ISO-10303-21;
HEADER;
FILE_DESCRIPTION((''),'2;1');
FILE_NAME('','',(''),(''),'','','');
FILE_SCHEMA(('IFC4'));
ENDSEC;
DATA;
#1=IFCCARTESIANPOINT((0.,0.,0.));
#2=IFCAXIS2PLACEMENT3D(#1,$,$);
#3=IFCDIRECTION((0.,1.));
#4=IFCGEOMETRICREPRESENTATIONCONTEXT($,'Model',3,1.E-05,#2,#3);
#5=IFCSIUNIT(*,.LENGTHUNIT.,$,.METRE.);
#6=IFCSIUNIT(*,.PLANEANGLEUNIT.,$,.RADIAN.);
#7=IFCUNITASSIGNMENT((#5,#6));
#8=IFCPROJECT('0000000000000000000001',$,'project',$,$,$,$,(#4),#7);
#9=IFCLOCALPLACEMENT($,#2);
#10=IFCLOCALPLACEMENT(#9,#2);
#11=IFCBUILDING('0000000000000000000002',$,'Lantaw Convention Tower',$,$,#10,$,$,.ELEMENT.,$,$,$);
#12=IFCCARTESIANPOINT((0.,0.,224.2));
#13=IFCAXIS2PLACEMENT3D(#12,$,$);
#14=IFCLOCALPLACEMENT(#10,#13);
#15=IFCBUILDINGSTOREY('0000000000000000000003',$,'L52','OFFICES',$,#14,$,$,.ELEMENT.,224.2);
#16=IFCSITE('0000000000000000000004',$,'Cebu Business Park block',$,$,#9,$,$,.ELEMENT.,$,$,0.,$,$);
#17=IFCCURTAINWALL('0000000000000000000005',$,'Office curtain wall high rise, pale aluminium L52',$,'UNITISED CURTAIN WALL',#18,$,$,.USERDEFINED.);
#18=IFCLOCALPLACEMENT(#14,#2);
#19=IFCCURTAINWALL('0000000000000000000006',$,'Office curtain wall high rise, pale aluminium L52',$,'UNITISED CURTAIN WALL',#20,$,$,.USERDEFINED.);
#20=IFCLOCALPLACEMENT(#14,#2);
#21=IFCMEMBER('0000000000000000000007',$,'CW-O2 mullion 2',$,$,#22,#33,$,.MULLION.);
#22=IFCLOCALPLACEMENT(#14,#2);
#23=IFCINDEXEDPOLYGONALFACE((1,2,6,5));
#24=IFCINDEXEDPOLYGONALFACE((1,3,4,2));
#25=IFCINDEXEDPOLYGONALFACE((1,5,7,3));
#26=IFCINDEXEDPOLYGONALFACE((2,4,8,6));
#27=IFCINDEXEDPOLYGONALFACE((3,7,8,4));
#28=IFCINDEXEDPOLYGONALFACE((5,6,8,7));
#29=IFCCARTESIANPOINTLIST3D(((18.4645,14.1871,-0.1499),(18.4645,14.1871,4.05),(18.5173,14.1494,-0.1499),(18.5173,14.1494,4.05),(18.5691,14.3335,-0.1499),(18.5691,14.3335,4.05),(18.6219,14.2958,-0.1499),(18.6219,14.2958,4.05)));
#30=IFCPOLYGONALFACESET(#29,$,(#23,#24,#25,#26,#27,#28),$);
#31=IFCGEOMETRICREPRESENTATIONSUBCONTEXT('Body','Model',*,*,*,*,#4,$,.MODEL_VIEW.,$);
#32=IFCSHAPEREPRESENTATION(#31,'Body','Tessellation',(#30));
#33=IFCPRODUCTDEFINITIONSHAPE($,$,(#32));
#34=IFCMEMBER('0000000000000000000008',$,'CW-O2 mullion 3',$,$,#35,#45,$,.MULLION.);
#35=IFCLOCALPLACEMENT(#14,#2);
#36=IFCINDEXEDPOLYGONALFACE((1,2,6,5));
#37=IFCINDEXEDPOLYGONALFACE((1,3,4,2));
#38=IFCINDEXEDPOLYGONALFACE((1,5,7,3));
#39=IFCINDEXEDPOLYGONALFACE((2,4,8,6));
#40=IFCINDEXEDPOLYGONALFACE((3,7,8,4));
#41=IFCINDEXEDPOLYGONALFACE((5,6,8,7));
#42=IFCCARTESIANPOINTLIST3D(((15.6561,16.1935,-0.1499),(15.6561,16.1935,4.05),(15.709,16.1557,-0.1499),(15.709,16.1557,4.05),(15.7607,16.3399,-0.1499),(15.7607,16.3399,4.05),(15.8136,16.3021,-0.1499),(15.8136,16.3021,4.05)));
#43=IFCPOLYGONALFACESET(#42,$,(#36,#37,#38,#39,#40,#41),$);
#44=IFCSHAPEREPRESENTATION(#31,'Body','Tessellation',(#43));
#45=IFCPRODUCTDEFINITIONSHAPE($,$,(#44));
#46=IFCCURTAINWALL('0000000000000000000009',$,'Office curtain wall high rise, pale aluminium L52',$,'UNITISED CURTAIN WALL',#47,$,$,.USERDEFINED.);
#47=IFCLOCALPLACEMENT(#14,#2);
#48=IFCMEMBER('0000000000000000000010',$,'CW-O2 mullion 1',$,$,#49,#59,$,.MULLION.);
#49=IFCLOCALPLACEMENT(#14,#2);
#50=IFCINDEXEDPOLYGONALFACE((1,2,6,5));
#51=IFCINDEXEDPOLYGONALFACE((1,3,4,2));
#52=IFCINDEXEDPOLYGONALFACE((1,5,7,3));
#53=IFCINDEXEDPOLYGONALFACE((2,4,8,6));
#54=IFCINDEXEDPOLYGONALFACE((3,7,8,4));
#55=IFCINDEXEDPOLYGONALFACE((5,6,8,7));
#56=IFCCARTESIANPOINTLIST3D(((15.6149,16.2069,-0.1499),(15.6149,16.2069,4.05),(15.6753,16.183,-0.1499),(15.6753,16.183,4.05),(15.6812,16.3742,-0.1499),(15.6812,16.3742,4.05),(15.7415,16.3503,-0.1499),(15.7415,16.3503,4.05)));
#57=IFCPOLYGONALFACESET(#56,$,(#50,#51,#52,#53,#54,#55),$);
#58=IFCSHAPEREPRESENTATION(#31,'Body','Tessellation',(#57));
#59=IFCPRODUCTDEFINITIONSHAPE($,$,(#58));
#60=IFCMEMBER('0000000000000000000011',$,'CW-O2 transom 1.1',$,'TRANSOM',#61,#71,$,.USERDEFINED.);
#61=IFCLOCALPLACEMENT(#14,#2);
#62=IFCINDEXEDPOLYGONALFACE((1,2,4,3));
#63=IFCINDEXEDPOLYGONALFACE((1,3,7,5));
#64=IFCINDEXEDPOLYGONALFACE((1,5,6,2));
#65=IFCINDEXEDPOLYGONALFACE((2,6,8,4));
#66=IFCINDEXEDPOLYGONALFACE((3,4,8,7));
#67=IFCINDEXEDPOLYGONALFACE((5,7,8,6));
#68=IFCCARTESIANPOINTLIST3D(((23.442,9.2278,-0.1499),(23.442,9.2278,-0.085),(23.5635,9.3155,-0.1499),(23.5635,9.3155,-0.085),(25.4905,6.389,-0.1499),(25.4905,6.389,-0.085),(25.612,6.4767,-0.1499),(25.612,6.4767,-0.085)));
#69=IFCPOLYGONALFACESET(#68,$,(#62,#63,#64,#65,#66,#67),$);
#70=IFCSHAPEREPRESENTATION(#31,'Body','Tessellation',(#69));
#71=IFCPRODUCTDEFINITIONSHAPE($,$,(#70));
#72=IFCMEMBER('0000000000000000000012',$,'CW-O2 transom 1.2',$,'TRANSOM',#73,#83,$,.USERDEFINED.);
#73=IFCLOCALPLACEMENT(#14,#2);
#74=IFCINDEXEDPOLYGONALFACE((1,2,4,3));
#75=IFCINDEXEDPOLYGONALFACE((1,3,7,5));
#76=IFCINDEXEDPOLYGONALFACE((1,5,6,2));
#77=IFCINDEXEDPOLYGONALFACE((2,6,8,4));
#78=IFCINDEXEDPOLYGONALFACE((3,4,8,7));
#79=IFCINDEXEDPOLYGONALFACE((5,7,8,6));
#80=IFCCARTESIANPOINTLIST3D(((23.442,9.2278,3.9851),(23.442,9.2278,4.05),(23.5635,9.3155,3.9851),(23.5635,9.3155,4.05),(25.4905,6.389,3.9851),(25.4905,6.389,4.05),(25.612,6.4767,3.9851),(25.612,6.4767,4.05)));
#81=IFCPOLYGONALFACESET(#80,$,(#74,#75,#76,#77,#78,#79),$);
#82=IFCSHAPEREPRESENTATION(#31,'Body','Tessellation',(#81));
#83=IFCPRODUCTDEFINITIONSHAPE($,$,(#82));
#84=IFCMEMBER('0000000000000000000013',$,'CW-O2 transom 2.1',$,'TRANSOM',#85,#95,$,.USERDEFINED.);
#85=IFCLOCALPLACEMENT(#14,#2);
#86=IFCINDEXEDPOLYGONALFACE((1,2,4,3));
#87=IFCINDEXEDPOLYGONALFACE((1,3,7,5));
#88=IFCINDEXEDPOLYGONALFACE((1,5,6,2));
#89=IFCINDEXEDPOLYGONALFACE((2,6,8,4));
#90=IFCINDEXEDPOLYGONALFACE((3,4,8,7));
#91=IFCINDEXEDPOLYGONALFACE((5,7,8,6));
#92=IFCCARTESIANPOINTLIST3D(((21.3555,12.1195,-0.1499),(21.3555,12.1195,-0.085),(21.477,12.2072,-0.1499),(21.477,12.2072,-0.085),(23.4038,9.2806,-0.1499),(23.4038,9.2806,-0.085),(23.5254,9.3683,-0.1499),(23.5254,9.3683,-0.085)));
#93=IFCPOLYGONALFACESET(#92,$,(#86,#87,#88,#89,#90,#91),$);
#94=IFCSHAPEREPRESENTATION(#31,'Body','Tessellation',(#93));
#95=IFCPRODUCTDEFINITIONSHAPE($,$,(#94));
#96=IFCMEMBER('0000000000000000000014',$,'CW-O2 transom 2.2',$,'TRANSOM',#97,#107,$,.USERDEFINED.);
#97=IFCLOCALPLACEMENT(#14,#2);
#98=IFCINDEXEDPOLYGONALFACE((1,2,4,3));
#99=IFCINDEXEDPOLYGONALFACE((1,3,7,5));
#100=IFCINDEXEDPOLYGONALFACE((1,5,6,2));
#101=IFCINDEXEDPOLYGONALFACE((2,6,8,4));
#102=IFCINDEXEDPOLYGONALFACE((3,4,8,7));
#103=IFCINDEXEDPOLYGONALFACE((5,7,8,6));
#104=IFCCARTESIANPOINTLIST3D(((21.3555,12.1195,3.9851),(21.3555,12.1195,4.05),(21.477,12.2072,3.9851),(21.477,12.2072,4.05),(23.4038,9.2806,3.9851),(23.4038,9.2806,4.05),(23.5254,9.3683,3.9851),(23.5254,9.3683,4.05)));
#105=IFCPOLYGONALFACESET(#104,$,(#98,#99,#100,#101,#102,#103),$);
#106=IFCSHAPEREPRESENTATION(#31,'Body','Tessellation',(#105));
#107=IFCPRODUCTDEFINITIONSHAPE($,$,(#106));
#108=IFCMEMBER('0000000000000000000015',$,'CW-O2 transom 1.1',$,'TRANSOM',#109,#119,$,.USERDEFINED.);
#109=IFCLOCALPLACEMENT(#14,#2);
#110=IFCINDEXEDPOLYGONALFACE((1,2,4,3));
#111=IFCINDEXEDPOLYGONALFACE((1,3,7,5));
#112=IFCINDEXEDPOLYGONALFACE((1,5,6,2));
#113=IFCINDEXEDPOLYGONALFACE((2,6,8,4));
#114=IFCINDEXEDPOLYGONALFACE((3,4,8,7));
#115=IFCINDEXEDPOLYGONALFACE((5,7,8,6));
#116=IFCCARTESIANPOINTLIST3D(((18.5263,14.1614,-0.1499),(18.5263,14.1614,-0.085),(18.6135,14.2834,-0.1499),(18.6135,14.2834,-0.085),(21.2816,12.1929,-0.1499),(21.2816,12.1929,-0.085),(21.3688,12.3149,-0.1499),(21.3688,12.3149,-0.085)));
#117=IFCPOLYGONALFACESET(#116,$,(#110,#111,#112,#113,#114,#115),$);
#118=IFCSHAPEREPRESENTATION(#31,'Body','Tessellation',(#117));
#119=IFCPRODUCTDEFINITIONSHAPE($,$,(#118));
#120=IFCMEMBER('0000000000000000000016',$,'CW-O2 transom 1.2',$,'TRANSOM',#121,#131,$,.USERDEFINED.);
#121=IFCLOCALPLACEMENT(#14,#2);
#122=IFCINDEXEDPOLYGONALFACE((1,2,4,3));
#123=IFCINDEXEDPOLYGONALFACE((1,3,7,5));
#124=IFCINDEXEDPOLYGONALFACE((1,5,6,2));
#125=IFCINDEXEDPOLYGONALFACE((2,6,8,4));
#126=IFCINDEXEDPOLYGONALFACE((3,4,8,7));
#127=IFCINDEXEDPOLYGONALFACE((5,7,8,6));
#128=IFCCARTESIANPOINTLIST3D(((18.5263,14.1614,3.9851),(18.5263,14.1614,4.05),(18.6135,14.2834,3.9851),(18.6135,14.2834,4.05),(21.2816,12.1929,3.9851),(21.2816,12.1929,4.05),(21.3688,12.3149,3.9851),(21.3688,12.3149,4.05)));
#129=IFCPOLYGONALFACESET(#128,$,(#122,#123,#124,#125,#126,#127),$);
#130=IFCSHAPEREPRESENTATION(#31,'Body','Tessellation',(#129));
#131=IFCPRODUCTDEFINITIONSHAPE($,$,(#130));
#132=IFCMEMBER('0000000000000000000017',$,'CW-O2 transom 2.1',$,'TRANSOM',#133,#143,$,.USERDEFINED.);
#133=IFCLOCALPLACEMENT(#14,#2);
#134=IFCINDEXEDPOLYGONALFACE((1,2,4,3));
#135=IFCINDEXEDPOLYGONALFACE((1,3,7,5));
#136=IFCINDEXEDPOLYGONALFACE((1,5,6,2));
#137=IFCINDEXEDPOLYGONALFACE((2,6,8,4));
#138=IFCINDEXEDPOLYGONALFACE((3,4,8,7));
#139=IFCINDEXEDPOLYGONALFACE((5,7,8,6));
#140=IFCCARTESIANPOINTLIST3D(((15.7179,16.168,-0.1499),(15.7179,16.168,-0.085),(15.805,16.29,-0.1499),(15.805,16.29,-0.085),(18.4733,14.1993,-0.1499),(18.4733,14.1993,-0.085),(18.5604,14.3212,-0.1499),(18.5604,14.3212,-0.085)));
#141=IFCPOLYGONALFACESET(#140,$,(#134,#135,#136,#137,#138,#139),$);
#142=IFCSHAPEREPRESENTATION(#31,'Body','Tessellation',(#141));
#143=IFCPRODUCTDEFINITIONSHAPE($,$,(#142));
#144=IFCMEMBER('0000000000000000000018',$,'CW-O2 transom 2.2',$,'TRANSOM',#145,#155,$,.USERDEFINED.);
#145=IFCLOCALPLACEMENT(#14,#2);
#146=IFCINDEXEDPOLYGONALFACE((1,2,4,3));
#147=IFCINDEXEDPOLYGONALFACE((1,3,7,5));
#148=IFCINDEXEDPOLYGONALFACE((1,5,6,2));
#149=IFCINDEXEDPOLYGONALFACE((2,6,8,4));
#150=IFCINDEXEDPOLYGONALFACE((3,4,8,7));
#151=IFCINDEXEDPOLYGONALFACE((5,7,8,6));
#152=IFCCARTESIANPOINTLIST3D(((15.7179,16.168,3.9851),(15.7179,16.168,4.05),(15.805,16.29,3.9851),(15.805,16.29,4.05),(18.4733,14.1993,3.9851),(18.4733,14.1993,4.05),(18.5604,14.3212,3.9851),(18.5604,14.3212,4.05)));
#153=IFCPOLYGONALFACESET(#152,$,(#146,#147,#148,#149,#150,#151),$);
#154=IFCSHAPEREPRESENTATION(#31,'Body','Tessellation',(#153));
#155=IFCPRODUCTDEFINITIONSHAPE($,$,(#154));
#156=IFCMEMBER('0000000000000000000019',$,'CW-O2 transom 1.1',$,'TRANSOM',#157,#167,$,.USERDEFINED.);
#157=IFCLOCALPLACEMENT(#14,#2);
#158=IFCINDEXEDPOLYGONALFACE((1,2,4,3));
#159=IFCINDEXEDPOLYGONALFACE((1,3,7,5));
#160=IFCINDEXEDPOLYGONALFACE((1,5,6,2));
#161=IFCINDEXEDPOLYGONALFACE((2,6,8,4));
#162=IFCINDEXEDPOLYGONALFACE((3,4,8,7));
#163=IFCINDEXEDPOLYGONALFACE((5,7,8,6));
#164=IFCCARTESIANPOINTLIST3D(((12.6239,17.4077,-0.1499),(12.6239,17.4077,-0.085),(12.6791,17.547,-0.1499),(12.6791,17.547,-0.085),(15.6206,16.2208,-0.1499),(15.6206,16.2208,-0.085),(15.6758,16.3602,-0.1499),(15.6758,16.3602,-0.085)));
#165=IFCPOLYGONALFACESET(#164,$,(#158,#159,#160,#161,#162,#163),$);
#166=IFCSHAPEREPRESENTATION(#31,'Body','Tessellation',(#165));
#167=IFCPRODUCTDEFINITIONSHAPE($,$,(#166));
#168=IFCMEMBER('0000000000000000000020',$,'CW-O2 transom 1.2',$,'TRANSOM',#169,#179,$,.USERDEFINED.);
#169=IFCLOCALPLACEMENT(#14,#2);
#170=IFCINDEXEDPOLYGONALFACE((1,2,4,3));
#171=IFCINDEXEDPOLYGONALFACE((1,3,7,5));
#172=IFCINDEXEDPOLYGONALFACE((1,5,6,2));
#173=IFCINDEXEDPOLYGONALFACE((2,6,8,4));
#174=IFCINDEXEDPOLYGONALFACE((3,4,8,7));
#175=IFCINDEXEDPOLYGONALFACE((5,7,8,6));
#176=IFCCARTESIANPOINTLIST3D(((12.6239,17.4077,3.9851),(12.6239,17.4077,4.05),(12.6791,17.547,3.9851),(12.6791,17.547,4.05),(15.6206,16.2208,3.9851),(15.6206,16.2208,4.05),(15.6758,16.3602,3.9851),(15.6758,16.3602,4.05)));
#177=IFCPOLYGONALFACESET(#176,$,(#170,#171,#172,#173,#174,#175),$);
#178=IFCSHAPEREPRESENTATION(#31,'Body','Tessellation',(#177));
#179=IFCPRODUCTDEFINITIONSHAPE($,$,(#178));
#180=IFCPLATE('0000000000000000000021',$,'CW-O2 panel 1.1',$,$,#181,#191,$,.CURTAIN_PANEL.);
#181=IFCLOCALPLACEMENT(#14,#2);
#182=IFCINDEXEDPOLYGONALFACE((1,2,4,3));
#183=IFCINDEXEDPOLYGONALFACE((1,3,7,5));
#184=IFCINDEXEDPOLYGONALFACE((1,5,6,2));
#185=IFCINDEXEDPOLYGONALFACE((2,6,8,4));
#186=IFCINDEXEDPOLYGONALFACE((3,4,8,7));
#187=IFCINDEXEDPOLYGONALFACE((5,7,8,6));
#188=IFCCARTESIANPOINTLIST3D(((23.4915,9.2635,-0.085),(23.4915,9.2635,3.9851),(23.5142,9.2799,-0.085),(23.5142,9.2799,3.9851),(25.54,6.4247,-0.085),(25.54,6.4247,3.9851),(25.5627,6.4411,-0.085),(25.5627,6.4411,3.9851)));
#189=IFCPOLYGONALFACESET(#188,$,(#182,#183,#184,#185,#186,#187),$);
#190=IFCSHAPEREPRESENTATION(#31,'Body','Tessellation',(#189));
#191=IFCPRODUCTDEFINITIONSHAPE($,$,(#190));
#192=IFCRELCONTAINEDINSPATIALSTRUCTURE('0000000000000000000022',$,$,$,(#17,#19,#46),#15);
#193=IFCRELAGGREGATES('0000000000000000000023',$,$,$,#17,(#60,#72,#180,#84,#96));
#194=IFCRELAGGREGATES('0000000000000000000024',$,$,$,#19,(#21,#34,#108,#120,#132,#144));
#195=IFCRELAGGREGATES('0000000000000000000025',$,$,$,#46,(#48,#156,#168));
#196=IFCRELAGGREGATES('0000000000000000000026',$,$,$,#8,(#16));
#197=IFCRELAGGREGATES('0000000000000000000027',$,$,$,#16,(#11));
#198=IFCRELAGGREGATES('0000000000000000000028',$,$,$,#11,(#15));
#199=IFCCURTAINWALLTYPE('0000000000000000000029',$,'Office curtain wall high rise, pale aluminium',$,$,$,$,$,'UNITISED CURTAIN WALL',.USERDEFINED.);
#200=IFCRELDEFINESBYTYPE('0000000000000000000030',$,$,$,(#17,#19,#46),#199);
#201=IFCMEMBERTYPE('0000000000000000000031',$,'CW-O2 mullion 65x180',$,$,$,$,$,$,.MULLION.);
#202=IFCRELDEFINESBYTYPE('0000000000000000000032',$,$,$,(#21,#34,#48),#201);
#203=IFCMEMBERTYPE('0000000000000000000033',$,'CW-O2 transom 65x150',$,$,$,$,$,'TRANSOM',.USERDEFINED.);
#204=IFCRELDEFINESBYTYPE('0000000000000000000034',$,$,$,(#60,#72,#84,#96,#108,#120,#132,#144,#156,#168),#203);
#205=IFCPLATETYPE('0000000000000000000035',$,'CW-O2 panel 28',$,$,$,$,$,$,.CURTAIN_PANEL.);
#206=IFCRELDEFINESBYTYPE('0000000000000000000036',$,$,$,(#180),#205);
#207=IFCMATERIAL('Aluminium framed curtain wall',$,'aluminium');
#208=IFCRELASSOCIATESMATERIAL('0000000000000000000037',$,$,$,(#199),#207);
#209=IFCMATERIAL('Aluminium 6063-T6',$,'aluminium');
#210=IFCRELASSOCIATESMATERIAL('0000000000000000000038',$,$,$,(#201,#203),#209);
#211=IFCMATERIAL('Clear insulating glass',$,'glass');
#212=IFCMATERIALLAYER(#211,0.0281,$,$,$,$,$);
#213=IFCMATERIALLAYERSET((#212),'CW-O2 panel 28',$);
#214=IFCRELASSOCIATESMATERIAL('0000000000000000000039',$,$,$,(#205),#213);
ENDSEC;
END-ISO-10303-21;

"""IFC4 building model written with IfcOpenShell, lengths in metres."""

from ifc_helpers import new_model, si_unit, direction, frame, origin, origin_2d, place, context, subcontext, project, spatial, rectangle, extrude, material, layer, layer_set, material_profile, profile_set, type_object, element, aggregate, save


model = new_model("IFC4")

# Units and contexts
model_context = context("Model", 3, precision=1e-05, world=origin(), true_north=direction((0.0, 1.0)))
body_context = subcontext(model_context, "Body", "Model", "MODEL_VIEW")
ifc_project = project(units=[si_unit("LENGTHUNIT", "METRE"), si_unit("PLANEANGLEUNIT", "RADIAN")], contexts=[model_context])

# Site, building, storey
site_placement = place(None, origin())
site = spatial("IfcSite", under=ifc_project, at=site_placement, Name="Cebu Business Park block", CompositionType="ELEMENT", RefElevation=0.0)
building_placement = place(site_placement, origin())
building = spatial("IfcBuilding", under=site, at=building_placement, Name="Lantaw Convention Tower", CompositionType="ELEMENT")
storey_placement = place(building_placement, frame((0.0, 0.0, 224.2)))
storey = spatial("IfcBuildingStorey", under=building, at=storey_placement, Name="L52", Description="OFFICES", CompositionType="ELEMENT", Elevation=224.2)

# Curtain walls, members
ifc_material_1 = material(Name="Aluminium framed curtain wall", Category="aluminium")
curtain_wall_type = type_object("IfcCurtainWallType", Name="Office curtain wall high rise, pale aluminium", ElementType="UNITISED CURTAIN WALL", PredefinedType="USERDEFINED", material=ifc_material_1)
curtain_wall_1_placement = place(storey_placement, origin())
curtain_wall_1 = element("IfcCurtainWall", 1, at=curtain_wall_1_placement, inside=storey, type_object=curtain_wall_type, Name="Office curtain wall high rise, pale aluminium L52", ObjectType="UNITISED CURTAIN WALL", PredefinedType="USERDEFINED")
ifc_material_2 = material(Name="Aluminium 6063-T6", Category="aluminium")
ifc_material_profile_1 = material_profile(ifc_material_2, rectangle(XDim=0.1799, YDim=0.0649, at=origin_2d()), Name="CW-O2 mullion 65x180")
ifc_profile_set_1 = profile_set([ifc_material_profile_1], Name="Aluminium 6063-T6")
member_type_1 = type_object("IfcMemberType", Name="CW-O2 mullion 65x180", PredefinedType="MULLION", material=ifc_profile_set_1)
curtain_wall_2_placement = place(storey_placement, origin())
curtain_wall_2 = element("IfcCurtainWall", 2, at=curtain_wall_2_placement, inside=storey, type_object=curtain_wall_type, Name="Office curtain wall high rise, pale aluminium L52", ObjectType="UNITISED CURTAIN WALL", PredefinedType="USERDEFINED")
member_1_placement = place(storey_placement, frame((18.5432, 14.2415, -0.1499), z_axis=(0.0, 0.0, 1.0), x_axis=(-0.581323, -0.813673, 0.0)))
member_1 = element("IfcMember", 3, at=member_1_placement, type_object=member_type_1, Name="CW-O2 mullion 2", PredefinedType="MULLION", context=body_context, shape_type="SweptSolid", body=[
    extrude(rectangle(XDim=0.1799, YDim=0.0649, at=origin_2d()), origin(), (0.0, 0.0, 1.0), 4.2),
])
member_2_placement = place(storey_placement, frame((15.7349, 16.2478, -0.1499), z_axis=(0.0, 0.0, 1.0), x_axis=(-0.581323, -0.813673, 0.0)))
member_2 = element("IfcMember", 4, at=member_2_placement, type_object=member_type_1, Name="CW-O2 mullion 3", PredefinedType="MULLION", context=body_context, shape_type="SweptSolid", body=[
    extrude(rectangle(XDim=0.1799, YDim=0.0649, at=origin_2d()), origin(), (0.0, 0.0, 1.0), 4.2),
])

# Curtain wall, member
curtain_wall_3_placement = place(storey_placement, origin())
curtain_wall_3 = element("IfcCurtainWall", 5, at=curtain_wall_3_placement, inside=storey, type_object=curtain_wall_type, Name="Office curtain wall high rise, pale aluminium L52", ObjectType="UNITISED CURTAIN WALL", PredefinedType="USERDEFINED")
member_3_placement = place(storey_placement, frame((15.6782, 16.2786, -0.1499), z_axis=(0.0, 0.0, 1.0), x_axis=(-0.368162, -0.929762, 0.0)))
member_3 = element("IfcMember", 6, at=member_3_placement, type_object=member_type_1, Name="CW-O2 mullion 1", PredefinedType="MULLION", context=body_context, shape_type="SweptSolid", body=[
    extrude(rectangle(XDim=0.1799, YDim=0.0649, at=origin_2d()), origin(), (0.0, 0.0, 1.0), 4.2),
])

# Members
ifc_material_profile_2 = material_profile(ifc_material_2, rectangle(XDim=0.1499, YDim=0.0649, at=origin_2d()), Name="CW-O2 transom 65x150")
ifc_profile_set_2 = profile_set([ifc_material_profile_2], Name="Aluminium 6063-T6")
member_type_2 = type_object("IfcMemberType", Name="CW-O2 transom 65x150", ElementType="TRANSOM", PredefinedType="USERDEFINED", material=ifc_profile_set_2)
member_4_placement = place(storey_placement, frame((25.5513, 6.4329, -0.1174), z_axis=(-0.58517, 0.810911, 0.0), x_axis=(-0.810911, -0.58517, 0.0)))
member_4 = element("IfcMember", 7, at=member_4_placement, type_object=member_type_2, Name="CW-O2 transom 1.1", ObjectType="TRANSOM", PredefinedType="USERDEFINED", context=body_context, shape_type="SweptSolid", body=[
    extrude(rectangle(XDim=0.1499, YDim=0.0649, at=origin_2d()), origin(), (0.0, 0.0, 1.0), 3.5007),
])
member_5_placement = place(storey_placement, frame((25.5513, 6.4329, 4.0176), z_axis=(-0.58517, 0.810911, 0.0), x_axis=(-0.810911, -0.58517, 0.0)))
member_5 = element("IfcMember", 8, at=member_5_placement, type_object=member_type_2, Name="CW-O2 transom 1.2", ObjectType="TRANSOM", PredefinedType="USERDEFINED", context=body_context, shape_type="SweptSolid", body=[
    extrude(rectangle(XDim=0.1499, YDim=0.0649, at=origin_2d()), origin(), (0.0, 0.0, 1.0), 3.5007),
])
member_6_placement = place(storey_placement, frame((23.4646, 9.3245, -0.1174), z_axis=(-0.585124, 0.810944, 0.0), x_axis=(-0.810944, -0.585124, 0.0)))
member_6 = element("IfcMember", 9, at=member_6_placement, type_object=member_type_2, Name="CW-O2 transom 2.1", ObjectType="TRANSOM", PredefinedType="USERDEFINED", context=body_context, shape_type="SweptSolid", body=[
    extrude(rectangle(XDim=0.1499, YDim=0.0649, at=origin_2d()), origin(), (0.0, 0.0, 1.0), 3.5007),
])
member_7_placement = place(storey_placement, frame((23.4646, 9.3245, 4.0176), z_axis=(-0.585124, 0.810944, 0.0), x_axis=(-0.810944, -0.585124, 0.0)))
member_7 = element("IfcMember", 10, at=member_7_placement, type_object=member_type_2, Name="CW-O2 transom 2.2", ObjectType="TRANSOM", PredefinedType="USERDEFINED", context=body_context, shape_type="SweptSolid", body=[
    extrude(rectangle(XDim=0.1499, YDim=0.0649, at=origin_2d()), origin(), (0.0, 0.0, 1.0), 3.5007),
])
member_8_placement = place(storey_placement, frame((21.3252, 12.2539, -0.1174), z_axis=(-0.81368, 0.581313, 0.0), x_axis=(-0.581313, -0.81368, 0.0)))
member_8 = element("IfcMember", 11, at=member_8_placement, type_object=member_type_2, Name="CW-O2 transom 1.1", ObjectType="TRANSOM", PredefinedType="USERDEFINED", context=body_context, shape_type="SweptSolid", body=[
    extrude(rectangle(XDim=0.1499, YDim=0.0649, at=origin_2d()), origin(), (0.0, 0.0, 1.0), 3.3862),
])
member_9_placement = place(storey_placement, frame((21.3252, 12.2539, 4.0176), z_axis=(-0.81368, 0.581313, 0.0), x_axis=(-0.581313, -0.81368, 0.0)))
member_9 = element("IfcMember", 12, at=member_9_placement, type_object=member_type_2, Name="CW-O2 transom 1.2", ObjectType="TRANSOM", PredefinedType="USERDEFINED", context=body_context, shape_type="SweptSolid", body=[
    extrude(rectangle(XDim=0.1499, YDim=0.0649, at=origin_2d()), origin(), (0.0, 0.0, 1.0), 3.3862),
])
member_10_placement = place(storey_placement, frame((18.5168, 14.2603, -0.1174), z_axis=(-0.813646, 0.581361, 0.0), x_axis=(-0.581361, -0.813646, 0.0)))
member_10 = element("IfcMember", 13, at=member_10_placement, type_object=member_type_2, Name="CW-O2 transom 2.1", ObjectType="TRANSOM", PredefinedType="USERDEFINED", context=body_context, shape_type="SweptSolid", body=[
    extrude(rectangle(XDim=0.1499, YDim=0.0649, at=origin_2d()), origin(), (0.0, 0.0, 1.0), 3.3865),
])
member_11_placement = place(storey_placement, frame((18.5168, 14.2603, 4.0176), z_axis=(-0.813646, 0.581361, 0.0), x_axis=(-0.581361, -0.813646, 0.0)))
member_11 = element("IfcMember", 14, at=member_11_placement, type_object=member_type_2, Name="CW-O2 transom 2.2", ObjectType="TRANSOM", PredefinedType="USERDEFINED", context=body_context, shape_type="SweptSolid", body=[
    extrude(rectangle(XDim=0.1499, YDim=0.0649, at=origin_2d()), origin(), (0.0, 0.0, 1.0), 3.3865),
])
member_12_placement = place(storey_placement, frame((15.6482, 16.2905, -0.1174), z_axis=(-0.929741, 0.368215, 0.0), x_axis=(-0.368215, -0.929741, 0.0)))
member_12 = element("IfcMember", 15, at=member_12_placement, type_object=member_type_2, Name="CW-O2 transom 1.1", ObjectType="TRANSOM", PredefinedType="USERDEFINED", context=body_context, shape_type="SweptSolid", body=[
    extrude(rectangle(XDim=0.1499, YDim=0.0649, at=origin_2d()), origin(), (0.0, 0.0, 1.0), 3.2231),
])
member_13_placement = place(storey_placement, frame((15.6482, 16.2905, 4.0176), z_axis=(-0.929741, 0.368215, 0.0), x_axis=(-0.368215, -0.929741, 0.0)))
member_13 = element("IfcMember", 16, at=member_13_placement, type_object=member_type_2, Name="CW-O2 transom 1.2", ObjectType="TRANSOM", PredefinedType="USERDEFINED", context=body_context, shape_type="SweptSolid", body=[
    extrude(rectangle(XDim=0.1499, YDim=0.0649, at=origin_2d()), origin(), (0.0, 0.0, 1.0), 3.2231),
])

# Plate
ifc_material_3 = material(Name="Clear insulating glass", Category="glass")
ifc_layer_1 = layer(ifc_material_3, 0.0281)
ifc_layer_set_1 = layer_set([ifc_layer_1], Name="CW-O2 panel 28")
plate_type_1 = type_object("IfcPlateType", Name="CW-O2 panel 28", PredefinedType="CURTAIN_PANEL", material=ifc_layer_set_1)
plate_1_placement = place(storey_placement, frame((24.5271, 7.8523, -0.085), z_axis=(0.0, 0.0, 1.0), x_axis=(-0.585158, 0.81092, 0.0)))
plate_1 = element("IfcPlate", 17, at=plate_1_placement, type_object=plate_type_1, Name="CW-O2 panel 1.1", PredefinedType="CURTAIN_PANEL", context=body_context, shape_type="SweptSolid", body=[
    extrude(rectangle(XDim=3.5007, YDim=0.0281, at=origin_2d()), origin(), (0.0, 0.0, 1.0), 4.0701),
])
aggregate(curtain_wall_1, [member_4, member_5, plate_1, member_6, member_7])
aggregate(curtain_wall_2, [member_1, member_2, member_8, member_9, member_10, member_11])
aggregate(curtain_wall_3, [member_3, member_12, member_13])

save(model, "model.ifc")
